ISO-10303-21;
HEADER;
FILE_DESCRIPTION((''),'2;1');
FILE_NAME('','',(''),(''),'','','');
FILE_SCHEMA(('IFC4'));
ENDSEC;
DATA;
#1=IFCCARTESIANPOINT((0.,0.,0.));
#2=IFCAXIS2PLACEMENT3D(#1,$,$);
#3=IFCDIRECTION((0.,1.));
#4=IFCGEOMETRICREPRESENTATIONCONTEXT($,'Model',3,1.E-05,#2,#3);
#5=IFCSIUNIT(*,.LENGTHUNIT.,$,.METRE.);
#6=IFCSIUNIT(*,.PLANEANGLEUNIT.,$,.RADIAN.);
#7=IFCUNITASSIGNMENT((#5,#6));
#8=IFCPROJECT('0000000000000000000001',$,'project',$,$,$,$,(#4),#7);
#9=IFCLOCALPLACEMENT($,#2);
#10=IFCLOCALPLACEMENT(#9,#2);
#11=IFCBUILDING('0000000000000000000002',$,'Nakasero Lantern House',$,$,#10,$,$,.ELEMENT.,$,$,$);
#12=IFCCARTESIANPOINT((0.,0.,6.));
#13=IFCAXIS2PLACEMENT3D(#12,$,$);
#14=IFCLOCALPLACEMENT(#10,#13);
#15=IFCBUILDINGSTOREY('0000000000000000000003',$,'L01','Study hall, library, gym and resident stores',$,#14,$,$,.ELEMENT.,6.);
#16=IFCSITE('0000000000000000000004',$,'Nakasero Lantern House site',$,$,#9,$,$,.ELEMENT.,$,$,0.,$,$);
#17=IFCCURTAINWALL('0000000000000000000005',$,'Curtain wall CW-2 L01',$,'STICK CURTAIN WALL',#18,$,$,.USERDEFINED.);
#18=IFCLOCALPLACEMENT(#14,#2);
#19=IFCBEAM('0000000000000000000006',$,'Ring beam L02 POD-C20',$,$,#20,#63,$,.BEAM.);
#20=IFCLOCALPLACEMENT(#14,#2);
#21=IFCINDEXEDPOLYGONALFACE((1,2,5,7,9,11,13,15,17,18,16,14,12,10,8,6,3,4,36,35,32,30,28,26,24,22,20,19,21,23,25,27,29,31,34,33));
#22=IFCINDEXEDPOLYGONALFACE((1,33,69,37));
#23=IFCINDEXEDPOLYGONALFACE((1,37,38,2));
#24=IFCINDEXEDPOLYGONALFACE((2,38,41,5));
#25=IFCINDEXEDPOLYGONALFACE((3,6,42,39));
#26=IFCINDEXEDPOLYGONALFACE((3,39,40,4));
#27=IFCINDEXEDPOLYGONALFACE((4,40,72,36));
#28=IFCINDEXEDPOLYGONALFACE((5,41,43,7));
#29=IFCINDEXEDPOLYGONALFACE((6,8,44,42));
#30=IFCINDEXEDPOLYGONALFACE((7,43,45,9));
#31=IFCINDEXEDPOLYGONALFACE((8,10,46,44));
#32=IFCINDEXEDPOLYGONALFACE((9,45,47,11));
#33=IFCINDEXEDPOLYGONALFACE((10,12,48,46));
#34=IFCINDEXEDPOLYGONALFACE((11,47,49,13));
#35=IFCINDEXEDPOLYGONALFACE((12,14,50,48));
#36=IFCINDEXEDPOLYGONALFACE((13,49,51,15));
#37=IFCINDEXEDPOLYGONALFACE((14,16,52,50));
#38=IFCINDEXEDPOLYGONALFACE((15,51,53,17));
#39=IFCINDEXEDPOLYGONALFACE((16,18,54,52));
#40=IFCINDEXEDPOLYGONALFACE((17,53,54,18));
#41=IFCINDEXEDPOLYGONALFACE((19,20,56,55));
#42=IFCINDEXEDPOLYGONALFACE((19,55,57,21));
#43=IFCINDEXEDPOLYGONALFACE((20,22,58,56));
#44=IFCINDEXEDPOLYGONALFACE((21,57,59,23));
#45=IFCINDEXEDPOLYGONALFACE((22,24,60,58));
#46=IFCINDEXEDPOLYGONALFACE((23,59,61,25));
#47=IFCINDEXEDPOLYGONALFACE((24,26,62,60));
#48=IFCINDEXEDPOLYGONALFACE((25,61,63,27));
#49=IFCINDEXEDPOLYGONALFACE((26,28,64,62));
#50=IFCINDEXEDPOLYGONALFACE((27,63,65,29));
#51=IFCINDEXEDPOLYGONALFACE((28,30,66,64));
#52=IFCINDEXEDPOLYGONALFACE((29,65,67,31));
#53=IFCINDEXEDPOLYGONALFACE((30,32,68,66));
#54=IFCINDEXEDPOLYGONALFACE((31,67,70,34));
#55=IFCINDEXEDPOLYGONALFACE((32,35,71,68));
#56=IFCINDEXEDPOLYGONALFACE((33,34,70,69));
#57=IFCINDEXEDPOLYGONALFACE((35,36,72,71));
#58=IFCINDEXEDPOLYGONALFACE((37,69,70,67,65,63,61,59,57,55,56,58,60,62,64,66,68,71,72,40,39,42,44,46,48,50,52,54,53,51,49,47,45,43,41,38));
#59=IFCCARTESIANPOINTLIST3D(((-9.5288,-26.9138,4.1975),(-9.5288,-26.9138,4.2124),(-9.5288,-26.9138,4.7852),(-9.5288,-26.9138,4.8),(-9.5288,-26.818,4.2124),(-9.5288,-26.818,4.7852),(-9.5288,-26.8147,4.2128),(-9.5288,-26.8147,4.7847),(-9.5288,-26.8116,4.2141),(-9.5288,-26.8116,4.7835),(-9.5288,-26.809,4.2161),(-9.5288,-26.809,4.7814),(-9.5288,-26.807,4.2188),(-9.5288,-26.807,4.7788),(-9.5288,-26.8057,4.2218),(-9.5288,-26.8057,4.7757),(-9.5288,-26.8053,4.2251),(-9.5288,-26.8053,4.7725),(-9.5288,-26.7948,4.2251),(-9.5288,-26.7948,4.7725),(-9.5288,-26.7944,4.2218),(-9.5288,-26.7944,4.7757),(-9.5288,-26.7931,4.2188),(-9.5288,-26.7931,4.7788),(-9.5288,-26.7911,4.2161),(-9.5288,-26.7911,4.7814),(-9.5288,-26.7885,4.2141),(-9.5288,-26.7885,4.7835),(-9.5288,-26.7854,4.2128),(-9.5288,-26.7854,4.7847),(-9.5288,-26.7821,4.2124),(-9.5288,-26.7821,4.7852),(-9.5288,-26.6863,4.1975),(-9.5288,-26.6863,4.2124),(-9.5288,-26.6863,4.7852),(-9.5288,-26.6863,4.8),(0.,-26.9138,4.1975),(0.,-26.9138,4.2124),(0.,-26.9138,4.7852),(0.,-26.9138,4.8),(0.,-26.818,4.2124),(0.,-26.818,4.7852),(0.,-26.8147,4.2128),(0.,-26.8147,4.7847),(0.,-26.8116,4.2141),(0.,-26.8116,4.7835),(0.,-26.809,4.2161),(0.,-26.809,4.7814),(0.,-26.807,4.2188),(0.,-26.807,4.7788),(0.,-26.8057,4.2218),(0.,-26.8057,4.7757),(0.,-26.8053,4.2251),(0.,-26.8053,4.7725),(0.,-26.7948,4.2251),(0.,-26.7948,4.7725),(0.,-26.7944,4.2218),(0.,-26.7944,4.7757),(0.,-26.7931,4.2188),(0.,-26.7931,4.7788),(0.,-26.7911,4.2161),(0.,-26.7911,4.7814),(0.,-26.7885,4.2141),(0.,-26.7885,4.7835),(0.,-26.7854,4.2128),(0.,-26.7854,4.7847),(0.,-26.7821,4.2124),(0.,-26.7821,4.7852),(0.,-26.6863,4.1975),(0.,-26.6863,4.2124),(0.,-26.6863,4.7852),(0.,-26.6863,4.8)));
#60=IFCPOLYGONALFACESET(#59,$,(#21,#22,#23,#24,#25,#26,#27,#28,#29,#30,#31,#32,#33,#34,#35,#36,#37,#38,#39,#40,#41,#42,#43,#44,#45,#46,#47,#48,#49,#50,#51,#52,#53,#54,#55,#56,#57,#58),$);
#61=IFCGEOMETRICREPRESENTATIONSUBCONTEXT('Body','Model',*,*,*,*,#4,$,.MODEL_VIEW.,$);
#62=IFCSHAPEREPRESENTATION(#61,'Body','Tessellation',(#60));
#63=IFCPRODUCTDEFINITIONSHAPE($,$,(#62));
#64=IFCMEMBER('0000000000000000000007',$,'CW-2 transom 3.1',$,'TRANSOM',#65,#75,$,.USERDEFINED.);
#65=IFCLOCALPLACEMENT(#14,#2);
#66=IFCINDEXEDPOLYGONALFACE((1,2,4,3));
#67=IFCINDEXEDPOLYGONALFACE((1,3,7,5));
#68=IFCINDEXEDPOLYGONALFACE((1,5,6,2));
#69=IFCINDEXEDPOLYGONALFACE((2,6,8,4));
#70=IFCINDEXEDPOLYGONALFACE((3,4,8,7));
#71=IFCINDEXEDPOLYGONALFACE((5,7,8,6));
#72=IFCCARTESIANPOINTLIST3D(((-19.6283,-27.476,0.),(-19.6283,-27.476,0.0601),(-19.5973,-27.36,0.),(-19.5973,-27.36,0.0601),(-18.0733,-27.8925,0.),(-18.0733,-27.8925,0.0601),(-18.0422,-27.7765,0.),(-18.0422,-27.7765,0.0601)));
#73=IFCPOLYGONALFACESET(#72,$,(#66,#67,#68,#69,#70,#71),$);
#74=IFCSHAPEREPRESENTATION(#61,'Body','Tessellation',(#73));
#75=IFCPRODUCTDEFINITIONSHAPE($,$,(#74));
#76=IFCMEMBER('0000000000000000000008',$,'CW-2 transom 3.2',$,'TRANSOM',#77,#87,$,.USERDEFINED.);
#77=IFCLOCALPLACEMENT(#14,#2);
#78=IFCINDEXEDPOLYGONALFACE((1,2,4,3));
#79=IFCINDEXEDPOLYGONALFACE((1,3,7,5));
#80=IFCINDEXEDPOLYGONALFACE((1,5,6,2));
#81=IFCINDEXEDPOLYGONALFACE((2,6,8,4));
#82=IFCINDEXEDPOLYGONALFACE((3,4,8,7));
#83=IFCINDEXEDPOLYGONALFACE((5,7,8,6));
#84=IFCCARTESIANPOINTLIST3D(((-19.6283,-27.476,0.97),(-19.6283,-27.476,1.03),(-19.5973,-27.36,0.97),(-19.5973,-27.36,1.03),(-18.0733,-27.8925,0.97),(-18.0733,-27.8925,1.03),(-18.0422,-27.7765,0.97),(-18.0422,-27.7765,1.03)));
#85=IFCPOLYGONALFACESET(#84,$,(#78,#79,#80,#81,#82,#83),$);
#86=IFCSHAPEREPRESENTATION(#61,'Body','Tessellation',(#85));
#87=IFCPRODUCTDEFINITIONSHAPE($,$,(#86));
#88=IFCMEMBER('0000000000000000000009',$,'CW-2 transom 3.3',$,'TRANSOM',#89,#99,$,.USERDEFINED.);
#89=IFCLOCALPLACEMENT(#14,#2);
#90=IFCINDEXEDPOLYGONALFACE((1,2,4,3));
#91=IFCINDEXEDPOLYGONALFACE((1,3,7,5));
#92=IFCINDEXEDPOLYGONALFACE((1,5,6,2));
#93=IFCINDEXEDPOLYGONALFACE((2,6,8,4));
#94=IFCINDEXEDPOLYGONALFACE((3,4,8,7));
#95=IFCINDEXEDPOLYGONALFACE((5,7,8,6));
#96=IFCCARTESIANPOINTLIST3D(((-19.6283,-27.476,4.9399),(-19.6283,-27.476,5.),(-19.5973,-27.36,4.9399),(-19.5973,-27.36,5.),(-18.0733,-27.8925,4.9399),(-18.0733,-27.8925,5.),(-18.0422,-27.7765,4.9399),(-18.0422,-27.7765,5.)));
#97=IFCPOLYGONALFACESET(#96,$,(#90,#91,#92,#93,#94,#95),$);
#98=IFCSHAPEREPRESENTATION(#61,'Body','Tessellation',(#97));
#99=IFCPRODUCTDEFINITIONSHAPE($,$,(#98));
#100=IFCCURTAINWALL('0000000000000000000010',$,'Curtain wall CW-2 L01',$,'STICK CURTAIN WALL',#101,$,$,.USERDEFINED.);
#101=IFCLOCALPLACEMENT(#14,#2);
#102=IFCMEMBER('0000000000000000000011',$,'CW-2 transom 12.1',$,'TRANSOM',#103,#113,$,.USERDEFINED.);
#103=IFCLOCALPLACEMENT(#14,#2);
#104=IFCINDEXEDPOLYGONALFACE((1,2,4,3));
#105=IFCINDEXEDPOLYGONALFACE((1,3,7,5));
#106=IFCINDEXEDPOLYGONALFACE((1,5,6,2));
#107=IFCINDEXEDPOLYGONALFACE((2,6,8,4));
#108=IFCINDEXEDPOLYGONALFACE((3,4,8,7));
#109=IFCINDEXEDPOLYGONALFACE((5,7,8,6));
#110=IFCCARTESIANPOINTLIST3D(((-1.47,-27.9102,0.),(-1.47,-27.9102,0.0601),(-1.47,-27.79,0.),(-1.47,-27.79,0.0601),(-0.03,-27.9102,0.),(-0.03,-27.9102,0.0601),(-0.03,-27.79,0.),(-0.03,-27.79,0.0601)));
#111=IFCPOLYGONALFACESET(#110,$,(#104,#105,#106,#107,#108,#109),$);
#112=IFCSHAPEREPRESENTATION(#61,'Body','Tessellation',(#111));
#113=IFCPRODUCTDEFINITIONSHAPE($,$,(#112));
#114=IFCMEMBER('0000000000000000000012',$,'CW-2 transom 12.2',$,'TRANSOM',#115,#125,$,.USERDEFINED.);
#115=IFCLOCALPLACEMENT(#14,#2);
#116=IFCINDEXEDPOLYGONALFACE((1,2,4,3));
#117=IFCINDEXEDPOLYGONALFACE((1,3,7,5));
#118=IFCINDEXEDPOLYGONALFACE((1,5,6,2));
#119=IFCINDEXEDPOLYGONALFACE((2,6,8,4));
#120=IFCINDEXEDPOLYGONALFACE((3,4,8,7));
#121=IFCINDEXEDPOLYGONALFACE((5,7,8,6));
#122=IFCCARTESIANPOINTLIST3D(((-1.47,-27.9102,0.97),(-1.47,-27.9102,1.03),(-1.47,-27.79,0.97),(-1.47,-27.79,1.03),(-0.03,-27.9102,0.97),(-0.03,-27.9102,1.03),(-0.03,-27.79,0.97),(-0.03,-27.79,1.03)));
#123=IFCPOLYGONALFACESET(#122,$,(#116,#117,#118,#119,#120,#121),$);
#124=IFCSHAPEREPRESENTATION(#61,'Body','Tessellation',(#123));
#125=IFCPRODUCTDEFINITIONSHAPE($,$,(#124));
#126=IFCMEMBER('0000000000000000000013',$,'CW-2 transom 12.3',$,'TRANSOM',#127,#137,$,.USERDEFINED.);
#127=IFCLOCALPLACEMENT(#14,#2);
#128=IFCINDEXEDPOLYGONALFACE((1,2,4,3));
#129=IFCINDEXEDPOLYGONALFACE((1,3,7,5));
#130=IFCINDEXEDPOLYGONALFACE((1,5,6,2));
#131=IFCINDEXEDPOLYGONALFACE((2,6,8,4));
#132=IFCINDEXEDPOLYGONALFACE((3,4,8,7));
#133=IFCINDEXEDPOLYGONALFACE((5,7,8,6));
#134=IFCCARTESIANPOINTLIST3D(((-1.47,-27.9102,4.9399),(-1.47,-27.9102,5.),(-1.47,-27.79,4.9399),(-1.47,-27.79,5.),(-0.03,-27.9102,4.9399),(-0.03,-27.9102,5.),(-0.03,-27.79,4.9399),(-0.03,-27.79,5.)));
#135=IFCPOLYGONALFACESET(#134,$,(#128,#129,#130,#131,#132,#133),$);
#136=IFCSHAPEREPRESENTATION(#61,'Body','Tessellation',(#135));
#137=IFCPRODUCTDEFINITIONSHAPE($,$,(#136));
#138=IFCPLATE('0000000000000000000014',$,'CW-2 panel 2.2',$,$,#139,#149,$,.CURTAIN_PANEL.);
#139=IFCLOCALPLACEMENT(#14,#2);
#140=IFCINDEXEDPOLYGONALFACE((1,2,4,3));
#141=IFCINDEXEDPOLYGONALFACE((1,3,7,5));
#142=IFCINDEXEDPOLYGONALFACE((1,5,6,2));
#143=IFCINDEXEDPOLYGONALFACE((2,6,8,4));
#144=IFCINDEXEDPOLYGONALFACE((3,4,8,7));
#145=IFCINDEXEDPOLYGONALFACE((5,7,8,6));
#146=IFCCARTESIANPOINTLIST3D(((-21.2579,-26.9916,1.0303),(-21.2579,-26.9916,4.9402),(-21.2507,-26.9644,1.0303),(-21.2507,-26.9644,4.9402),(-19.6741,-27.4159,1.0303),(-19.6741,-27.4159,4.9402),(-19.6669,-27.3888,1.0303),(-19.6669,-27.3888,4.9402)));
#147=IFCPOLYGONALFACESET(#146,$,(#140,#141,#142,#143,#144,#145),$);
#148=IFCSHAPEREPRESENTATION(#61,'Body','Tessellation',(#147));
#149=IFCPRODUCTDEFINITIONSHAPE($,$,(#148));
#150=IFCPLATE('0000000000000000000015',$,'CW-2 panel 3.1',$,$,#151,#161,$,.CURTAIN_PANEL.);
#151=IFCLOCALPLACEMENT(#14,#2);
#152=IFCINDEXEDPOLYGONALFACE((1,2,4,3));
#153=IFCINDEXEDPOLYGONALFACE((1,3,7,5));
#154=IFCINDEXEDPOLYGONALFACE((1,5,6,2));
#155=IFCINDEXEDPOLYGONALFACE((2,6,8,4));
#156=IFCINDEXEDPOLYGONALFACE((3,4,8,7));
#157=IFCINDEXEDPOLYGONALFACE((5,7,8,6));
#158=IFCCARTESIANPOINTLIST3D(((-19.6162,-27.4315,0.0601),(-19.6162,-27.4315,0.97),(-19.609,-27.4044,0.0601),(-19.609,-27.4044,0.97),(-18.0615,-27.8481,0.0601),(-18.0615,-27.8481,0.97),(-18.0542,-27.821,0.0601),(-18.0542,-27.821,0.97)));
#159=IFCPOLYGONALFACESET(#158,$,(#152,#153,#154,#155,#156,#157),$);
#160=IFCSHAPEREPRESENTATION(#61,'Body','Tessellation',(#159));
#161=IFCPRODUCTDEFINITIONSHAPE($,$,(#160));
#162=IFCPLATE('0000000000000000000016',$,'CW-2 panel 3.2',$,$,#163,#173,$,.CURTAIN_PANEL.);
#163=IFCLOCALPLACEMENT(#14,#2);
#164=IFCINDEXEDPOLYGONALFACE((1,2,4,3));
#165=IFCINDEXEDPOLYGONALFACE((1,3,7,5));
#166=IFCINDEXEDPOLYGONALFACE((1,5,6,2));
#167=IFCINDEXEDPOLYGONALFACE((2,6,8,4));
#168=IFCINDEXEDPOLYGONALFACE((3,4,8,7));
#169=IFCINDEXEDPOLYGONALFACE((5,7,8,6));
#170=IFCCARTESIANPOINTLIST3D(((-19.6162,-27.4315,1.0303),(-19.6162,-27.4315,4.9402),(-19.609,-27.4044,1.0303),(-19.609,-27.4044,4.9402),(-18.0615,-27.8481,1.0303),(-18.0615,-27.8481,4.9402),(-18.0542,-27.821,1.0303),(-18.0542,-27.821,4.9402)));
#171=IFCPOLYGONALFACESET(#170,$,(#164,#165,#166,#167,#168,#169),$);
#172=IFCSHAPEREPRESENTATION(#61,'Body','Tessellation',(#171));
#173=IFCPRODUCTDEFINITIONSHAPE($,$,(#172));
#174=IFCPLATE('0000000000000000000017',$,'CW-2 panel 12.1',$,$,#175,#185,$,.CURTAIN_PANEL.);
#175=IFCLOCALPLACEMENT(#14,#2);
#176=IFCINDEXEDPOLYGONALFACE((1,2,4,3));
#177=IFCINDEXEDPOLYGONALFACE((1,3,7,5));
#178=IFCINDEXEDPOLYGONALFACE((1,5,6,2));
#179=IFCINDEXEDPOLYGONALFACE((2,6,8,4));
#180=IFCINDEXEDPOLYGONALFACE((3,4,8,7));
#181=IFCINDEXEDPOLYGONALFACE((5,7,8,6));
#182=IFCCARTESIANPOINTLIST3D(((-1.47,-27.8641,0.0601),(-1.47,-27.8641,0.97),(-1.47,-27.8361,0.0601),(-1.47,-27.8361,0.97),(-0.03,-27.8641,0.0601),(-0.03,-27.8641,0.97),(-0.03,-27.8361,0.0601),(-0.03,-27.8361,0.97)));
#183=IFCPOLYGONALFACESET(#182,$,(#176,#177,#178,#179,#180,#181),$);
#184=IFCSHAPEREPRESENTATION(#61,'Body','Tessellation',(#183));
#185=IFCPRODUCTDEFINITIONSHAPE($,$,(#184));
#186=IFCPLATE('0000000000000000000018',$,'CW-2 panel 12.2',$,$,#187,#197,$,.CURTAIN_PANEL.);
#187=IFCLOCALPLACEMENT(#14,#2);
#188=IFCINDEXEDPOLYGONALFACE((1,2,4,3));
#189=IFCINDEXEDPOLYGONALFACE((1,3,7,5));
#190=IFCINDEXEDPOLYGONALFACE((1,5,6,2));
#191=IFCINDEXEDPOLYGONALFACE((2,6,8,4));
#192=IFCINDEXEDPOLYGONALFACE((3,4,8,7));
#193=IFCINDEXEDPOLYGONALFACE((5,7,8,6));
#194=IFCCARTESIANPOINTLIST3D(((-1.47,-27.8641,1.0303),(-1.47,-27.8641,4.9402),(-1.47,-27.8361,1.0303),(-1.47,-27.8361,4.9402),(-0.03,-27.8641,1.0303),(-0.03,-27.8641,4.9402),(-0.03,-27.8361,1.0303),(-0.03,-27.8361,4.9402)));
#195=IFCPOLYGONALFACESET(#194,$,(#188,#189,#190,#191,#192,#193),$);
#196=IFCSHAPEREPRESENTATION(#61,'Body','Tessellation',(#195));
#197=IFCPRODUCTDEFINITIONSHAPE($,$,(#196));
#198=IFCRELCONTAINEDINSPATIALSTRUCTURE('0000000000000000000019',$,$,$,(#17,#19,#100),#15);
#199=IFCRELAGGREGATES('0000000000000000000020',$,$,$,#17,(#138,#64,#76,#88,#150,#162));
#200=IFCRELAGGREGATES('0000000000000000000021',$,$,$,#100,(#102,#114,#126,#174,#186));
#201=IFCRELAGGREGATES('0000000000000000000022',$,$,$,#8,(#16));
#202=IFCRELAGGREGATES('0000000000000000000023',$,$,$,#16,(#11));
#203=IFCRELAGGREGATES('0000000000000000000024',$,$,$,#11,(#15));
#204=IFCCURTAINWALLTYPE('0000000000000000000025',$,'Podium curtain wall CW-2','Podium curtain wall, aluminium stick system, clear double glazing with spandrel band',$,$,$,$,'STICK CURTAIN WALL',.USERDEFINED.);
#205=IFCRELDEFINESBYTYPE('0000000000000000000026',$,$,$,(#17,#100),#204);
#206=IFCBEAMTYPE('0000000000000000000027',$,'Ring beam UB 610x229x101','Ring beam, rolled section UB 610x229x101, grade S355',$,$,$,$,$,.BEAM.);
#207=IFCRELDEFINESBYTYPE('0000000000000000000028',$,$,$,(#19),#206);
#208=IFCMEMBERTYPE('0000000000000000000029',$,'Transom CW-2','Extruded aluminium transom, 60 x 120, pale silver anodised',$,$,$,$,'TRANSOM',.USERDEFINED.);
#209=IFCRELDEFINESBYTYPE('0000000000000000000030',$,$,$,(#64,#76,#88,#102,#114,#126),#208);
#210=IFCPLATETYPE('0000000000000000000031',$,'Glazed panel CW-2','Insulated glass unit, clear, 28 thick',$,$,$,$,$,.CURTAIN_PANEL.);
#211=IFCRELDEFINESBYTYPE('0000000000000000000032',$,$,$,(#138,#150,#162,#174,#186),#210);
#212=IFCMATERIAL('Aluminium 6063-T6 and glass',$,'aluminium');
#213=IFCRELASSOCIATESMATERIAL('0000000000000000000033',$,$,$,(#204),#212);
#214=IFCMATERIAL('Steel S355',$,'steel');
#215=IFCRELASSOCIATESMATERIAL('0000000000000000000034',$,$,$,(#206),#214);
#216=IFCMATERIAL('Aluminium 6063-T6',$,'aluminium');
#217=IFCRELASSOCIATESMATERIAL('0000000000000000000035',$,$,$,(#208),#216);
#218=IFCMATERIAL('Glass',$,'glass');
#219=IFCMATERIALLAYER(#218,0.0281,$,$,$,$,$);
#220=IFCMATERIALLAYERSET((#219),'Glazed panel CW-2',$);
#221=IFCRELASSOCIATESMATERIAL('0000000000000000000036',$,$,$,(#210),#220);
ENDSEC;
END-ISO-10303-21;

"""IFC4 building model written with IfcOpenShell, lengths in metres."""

from ifc_helpers import new_model, si_unit, direction, frame, origin, origin_2d, place, context, subcontext, project, spatial, rectangle, i_section, extrude, material, layer, layer_set, material_profile, profile_set, type_object, element, aggregate, save


model = new_model("IFC4")

# Units and contexts
model_context = context("Model", 3, precision=1e-05, world=origin(), true_north=direction((0.0, 1.0)))
body_context = subcontext(model_context, "Body", "Model", "MODEL_VIEW")
ifc_project = project(units=[si_unit("LENGTHUNIT", "METRE"), si_unit("PLANEANGLEUNIT", "RADIAN")], contexts=[model_context])

# Site, building, storey
site_placement = place(None, origin())
site = spatial("IfcSite", under=ifc_project, at=site_placement, Name="Nakasero Lantern House site", CompositionType="ELEMENT", RefElevation=0.0)
building_placement = place(site_placement, origin())
building = spatial("IfcBuilding", under=site, at=building_placement, Name="Nakasero Lantern House", CompositionType="ELEMENT")
storey_placement = place(building_placement, frame((0.0, 0.0, 6.0)))
storey = spatial("IfcBuildingStorey", under=building, at=storey_placement, Name="L01", Description="Study hall, library, gym and resident stores", CompositionType="ELEMENT", Elevation=6.0)

# Curtain wall
ifc_material_1 = material(Name="Aluminium 6063-T6 and glass", Category="aluminium")
curtain_wall_type = type_object("IfcCurtainWallType", Name="Podium curtain wall CW-2", Description="Podium curtain wall, aluminium stick system, clear double glazing with spandrel band", ElementType="STICK CURTAIN WALL", PredefinedType="USERDEFINED", material=ifc_material_1)
curtain_wall_1_placement = place(storey_placement, origin())
curtain_wall_1 = element("IfcCurtainWall", 1, at=curtain_wall_1_placement, inside=storey, type_object=curtain_wall_type, Name="Curtain wall CW-2 L01", ObjectType="STICK CURTAIN WALL", PredefinedType="USERDEFINED")

# Beam
ifc_material_2 = material(Name="Steel S355", Category="steel")
ifc_material_profile_1 = material_profile(ifc_material_2, i_section(OverallWidth=0.2275, OverallDepth=0.6025, WebThickness=0.0105, FlangeThickness=0.0149, FilletRadius=0.0127, at=origin_2d()), Name="UB 610x229x101")
ifc_profile_set_1 = profile_set([ifc_material_profile_1], Name="Steel S355")
beam_type_1 = type_object("IfcBeamType", Name="Ring beam UB 610x229x101", Description="Ring beam, rolled section UB 610x229x101, grade S355", PredefinedType="BEAM", material=ifc_profile_set_1)
beam_1_placement = place(storey_placement, frame((-9.5288, -26.8, 4.4988), z_axis=(1.0, 0.0, 0.0), x_axis=(0.0, 1.0, 0.0)))
element("IfcBeam", 2, at=beam_1_placement, inside=storey, type_object=beam_type_1, Name="Ring beam L02 POD-C20", PredefinedType="BEAM", context=body_context, shape_type="SweptSolid", body=[
    extrude(i_section(OverallWidth=0.2275, OverallDepth=0.6025, WebThickness=0.0105, FlangeThickness=0.0149, FilletRadius=0.0127, at=origin_2d()), origin(), (0.0, 0.0, 1.0), 9.5288),
])

# Members
ifc_material_3 = material(Name="Aluminium 6063-T6", Category="aluminium")
ifc_material_profile_2 = material_profile(ifc_material_3, rectangle(XDim=0.0601, YDim=0.1201, at=origin_2d()), Name="CW-2 transom 60x120")
ifc_profile_set_2 = profile_set([ifc_material_profile_2], Name="Aluminium 6063-T6")
member_type_1 = type_object("IfcMemberType", Name="Transom CW-2", Description="Extruded aluminium transom, 60 x 120, pale silver anodised", ElementType="TRANSOM", PredefinedType="USERDEFINED", material=ifc_profile_set_2)
member_1_placement = place(storey_placement, frame((-19.6128, -27.418, 0.03), z_axis=(0.965947, -0.258739, 0.0), x_axis=(0.0, 0.0, 1.0)))
member_1 = element("IfcMember", 3, at=member_1_placement, type_object=member_type_1, Name="CW-2 transom 3.1", ObjectType="TRANSOM", PredefinedType="USERDEFINED", context=body_context, shape_type="SweptSolid", body=[
    extrude(rectangle(XDim=0.0601, YDim=0.1201, at=origin_2d()), origin(), (0.0, 0.0, 1.0), 1.6099),
])
member_2_placement = place(storey_placement, frame((-19.6128, -27.418, 1.0), z_axis=(0.965947, -0.258739, 0.0), x_axis=(0.0, 0.0, 1.0)))
member_2 = element("IfcMember", 4, at=member_2_placement, type_object=member_type_1, Name="CW-2 transom 3.2", ObjectType="TRANSOM", PredefinedType="USERDEFINED", context=body_context, shape_type="SweptSolid", body=[
    extrude(rectangle(XDim=0.0601, YDim=0.1201, at=origin_2d()), origin(), (0.0, 0.0, 1.0), 1.6099),
])
member_3_placement = place(storey_placement, frame((-19.6128, -27.418, 4.97), z_axis=(0.965947, -0.258739, 0.0), x_axis=(0.0, 0.0, 1.0)))
member_3 = element("IfcMember", 5, at=member_3_placement, type_object=member_type_1, Name="CW-2 transom 3.3", ObjectType="TRANSOM", PredefinedType="USERDEFINED", context=body_context, shape_type="SweptSolid", body=[
    extrude(rectangle(XDim=0.0601, YDim=0.1201, at=origin_2d()), origin(), (0.0, 0.0, 1.0), 1.6099),
])

# Curtain wall, members
curtain_wall_2_placement = place(storey_placement, origin())
curtain_wall_2 = element("IfcCurtainWall", 6, at=curtain_wall_2_placement, inside=storey, type_object=curtain_wall_type, Name="Curtain wall CW-2 L01", ObjectType="STICK CURTAIN WALL", PredefinedType="USERDEFINED")
member_4_placement = place(storey_placement, frame((-1.47, -27.8501, 0.03), z_axis=(1.0, 0.0, 0.0), x_axis=(0.0, 0.0, 1.0)))
member_4 = element("IfcMember", 7, at=member_4_placement, type_object=member_type_1, Name="CW-2 transom 12.1", ObjectType="TRANSOM", PredefinedType="USERDEFINED", context=body_context, shape_type="SweptSolid", body=[
    extrude(rectangle(XDim=0.0601, YDim=0.1201, at=origin_2d()), origin(), (0.0, 0.0, 1.0), 1.4399),
])
member_5_placement = place(storey_placement, frame((-1.47, -27.8501, 1.0), z_axis=(1.0, 0.0, 0.0), x_axis=(0.0, 0.0, 1.0)))
member_5 = element("IfcMember", 8, at=member_5_placement, type_object=member_type_1, Name="CW-2 transom 12.2", ObjectType="TRANSOM", PredefinedType="USERDEFINED", context=body_context, shape_type="SweptSolid", body=[
    extrude(rectangle(XDim=0.0601, YDim=0.1201, at=origin_2d()), origin(), (0.0, 0.0, 1.0), 1.4399),
])
member_6_placement = place(storey_placement, frame((-1.47, -27.8501, 4.97), z_axis=(1.0, 0.0, 0.0), x_axis=(0.0, 0.0, 1.0)))
member_6 = element("IfcMember", 9, at=member_6_placement, type_object=member_type_1, Name="CW-2 transom 12.3", ObjectType="TRANSOM", PredefinedType="USERDEFINED", context=body_context, shape_type="SweptSolid", body=[
    extrude(rectangle(XDim=0.0601, YDim=0.1201, at=origin_2d()), origin(), (0.0, 0.0, 1.0), 1.4399),
])

# Plates
ifc_material_4 = material(Name="Glass", Category="glass")
ifc_layer_1 = layer(ifc_material_4, 0.0281)
ifc_layer_set_1 = layer_set([ifc_layer_1], Name="Glazed panel CW-2")
plate_type = type_object("IfcPlateType", Name="Glazed panel CW-2", Description="Insulated glass unit, clear, 28 thick", PredefinedType="CURTAIN_PANEL", material=ifc_layer_set_1)
plate_1_placement = place(storey_placement, frame((-20.4624, -27.1902, 1.0303), z_axis=(0.0, 0.0, 1.0), x_axis=(0.965926, -0.258819, 0.0)))
plate_1 = element("IfcPlate", 10, at=plate_1_placement, type_object=plate_type, Name="CW-2 panel 2.2", PredefinedType="CURTAIN_PANEL", context=body_context, shape_type="SweptSolid", body=[
    extrude(rectangle(XDim=1.6396, YDim=0.0281, at=origin_2d()), origin(), (0.0, 0.0, 1.0), 3.9099),
])
plate_2_placement = place(storey_placement, frame((-18.8352, -27.6262, 0.0601), z_axis=(0.0, 0.0, 1.0), x_axis=(0.965926, -0.258819, 0.0)))
plate_2 = element("IfcPlate", 11, at=plate_2_placement, type_object=plate_type, Name="CW-2 panel 3.1", PredefinedType="CURTAIN_PANEL", context=body_context, shape_type="SweptSolid", body=[
    extrude(rectangle(XDim=1.6096, YDim=0.0281, at=origin_2d()), origin(), (0.0, 0.0, 1.0), 0.9099),
])
plate_3_placement = place(storey_placement, frame((-18.8352, -27.6262, 1.0303), z_axis=(0.0, 0.0, 1.0), x_axis=(0.965926, -0.258819, 0.0)))
plate_3 = element("IfcPlate", 12, at=plate_3_placement, type_object=plate_type, Name="CW-2 panel 3.2", PredefinedType="CURTAIN_PANEL", context=body_context, shape_type="SweptSolid", body=[
    extrude(rectangle(XDim=1.6096, YDim=0.0281, at=origin_2d()), origin(), (0.0, 0.0, 1.0), 3.9099),
])
aggregate(curtain_wall_1, [plate_1, member_1, member_2, member_3, plate_2, plate_3])
plate_4_placement = place(storey_placement, frame((-0.75, -27.8501, 0.0601), z_axis=(0.0, 0.0, 1.0), x_axis=(1.0, 0.0, 0.0)))
plate_4 = element("IfcPlate", 13, at=plate_4_placement, type_object=plate_type, Name="CW-2 panel 12.1", PredefinedType="CURTAIN_PANEL", context=body_context, shape_type="SweptSolid", body=[
    extrude(rectangle(XDim=1.4399, YDim=0.0281, at=origin_2d()), origin(), (0.0, 0.0, 1.0), 0.9099),
])
plate_5_placement = place(storey_placement, frame((-0.75, -27.8501, 1.0303), z_axis=(0.0, 0.0, 1.0), x_axis=(1.0, 0.0, 0.0)))
plate_5 = element("IfcPlate", 14, at=plate_5_placement, type_object=plate_type, Name="CW-2 panel 12.2", PredefinedType="CURTAIN_PANEL", context=body_context, shape_type="SweptSolid", body=[
    extrude(rectangle(XDim=1.4399, YDim=0.0281, at=origin_2d()), origin(), (0.0, 0.0, 1.0), 3.9099),
])
aggregate(curtain_wall_2, [member_4, member_5, member_6, plate_4, plate_5])

save(model, "model.ifc")
